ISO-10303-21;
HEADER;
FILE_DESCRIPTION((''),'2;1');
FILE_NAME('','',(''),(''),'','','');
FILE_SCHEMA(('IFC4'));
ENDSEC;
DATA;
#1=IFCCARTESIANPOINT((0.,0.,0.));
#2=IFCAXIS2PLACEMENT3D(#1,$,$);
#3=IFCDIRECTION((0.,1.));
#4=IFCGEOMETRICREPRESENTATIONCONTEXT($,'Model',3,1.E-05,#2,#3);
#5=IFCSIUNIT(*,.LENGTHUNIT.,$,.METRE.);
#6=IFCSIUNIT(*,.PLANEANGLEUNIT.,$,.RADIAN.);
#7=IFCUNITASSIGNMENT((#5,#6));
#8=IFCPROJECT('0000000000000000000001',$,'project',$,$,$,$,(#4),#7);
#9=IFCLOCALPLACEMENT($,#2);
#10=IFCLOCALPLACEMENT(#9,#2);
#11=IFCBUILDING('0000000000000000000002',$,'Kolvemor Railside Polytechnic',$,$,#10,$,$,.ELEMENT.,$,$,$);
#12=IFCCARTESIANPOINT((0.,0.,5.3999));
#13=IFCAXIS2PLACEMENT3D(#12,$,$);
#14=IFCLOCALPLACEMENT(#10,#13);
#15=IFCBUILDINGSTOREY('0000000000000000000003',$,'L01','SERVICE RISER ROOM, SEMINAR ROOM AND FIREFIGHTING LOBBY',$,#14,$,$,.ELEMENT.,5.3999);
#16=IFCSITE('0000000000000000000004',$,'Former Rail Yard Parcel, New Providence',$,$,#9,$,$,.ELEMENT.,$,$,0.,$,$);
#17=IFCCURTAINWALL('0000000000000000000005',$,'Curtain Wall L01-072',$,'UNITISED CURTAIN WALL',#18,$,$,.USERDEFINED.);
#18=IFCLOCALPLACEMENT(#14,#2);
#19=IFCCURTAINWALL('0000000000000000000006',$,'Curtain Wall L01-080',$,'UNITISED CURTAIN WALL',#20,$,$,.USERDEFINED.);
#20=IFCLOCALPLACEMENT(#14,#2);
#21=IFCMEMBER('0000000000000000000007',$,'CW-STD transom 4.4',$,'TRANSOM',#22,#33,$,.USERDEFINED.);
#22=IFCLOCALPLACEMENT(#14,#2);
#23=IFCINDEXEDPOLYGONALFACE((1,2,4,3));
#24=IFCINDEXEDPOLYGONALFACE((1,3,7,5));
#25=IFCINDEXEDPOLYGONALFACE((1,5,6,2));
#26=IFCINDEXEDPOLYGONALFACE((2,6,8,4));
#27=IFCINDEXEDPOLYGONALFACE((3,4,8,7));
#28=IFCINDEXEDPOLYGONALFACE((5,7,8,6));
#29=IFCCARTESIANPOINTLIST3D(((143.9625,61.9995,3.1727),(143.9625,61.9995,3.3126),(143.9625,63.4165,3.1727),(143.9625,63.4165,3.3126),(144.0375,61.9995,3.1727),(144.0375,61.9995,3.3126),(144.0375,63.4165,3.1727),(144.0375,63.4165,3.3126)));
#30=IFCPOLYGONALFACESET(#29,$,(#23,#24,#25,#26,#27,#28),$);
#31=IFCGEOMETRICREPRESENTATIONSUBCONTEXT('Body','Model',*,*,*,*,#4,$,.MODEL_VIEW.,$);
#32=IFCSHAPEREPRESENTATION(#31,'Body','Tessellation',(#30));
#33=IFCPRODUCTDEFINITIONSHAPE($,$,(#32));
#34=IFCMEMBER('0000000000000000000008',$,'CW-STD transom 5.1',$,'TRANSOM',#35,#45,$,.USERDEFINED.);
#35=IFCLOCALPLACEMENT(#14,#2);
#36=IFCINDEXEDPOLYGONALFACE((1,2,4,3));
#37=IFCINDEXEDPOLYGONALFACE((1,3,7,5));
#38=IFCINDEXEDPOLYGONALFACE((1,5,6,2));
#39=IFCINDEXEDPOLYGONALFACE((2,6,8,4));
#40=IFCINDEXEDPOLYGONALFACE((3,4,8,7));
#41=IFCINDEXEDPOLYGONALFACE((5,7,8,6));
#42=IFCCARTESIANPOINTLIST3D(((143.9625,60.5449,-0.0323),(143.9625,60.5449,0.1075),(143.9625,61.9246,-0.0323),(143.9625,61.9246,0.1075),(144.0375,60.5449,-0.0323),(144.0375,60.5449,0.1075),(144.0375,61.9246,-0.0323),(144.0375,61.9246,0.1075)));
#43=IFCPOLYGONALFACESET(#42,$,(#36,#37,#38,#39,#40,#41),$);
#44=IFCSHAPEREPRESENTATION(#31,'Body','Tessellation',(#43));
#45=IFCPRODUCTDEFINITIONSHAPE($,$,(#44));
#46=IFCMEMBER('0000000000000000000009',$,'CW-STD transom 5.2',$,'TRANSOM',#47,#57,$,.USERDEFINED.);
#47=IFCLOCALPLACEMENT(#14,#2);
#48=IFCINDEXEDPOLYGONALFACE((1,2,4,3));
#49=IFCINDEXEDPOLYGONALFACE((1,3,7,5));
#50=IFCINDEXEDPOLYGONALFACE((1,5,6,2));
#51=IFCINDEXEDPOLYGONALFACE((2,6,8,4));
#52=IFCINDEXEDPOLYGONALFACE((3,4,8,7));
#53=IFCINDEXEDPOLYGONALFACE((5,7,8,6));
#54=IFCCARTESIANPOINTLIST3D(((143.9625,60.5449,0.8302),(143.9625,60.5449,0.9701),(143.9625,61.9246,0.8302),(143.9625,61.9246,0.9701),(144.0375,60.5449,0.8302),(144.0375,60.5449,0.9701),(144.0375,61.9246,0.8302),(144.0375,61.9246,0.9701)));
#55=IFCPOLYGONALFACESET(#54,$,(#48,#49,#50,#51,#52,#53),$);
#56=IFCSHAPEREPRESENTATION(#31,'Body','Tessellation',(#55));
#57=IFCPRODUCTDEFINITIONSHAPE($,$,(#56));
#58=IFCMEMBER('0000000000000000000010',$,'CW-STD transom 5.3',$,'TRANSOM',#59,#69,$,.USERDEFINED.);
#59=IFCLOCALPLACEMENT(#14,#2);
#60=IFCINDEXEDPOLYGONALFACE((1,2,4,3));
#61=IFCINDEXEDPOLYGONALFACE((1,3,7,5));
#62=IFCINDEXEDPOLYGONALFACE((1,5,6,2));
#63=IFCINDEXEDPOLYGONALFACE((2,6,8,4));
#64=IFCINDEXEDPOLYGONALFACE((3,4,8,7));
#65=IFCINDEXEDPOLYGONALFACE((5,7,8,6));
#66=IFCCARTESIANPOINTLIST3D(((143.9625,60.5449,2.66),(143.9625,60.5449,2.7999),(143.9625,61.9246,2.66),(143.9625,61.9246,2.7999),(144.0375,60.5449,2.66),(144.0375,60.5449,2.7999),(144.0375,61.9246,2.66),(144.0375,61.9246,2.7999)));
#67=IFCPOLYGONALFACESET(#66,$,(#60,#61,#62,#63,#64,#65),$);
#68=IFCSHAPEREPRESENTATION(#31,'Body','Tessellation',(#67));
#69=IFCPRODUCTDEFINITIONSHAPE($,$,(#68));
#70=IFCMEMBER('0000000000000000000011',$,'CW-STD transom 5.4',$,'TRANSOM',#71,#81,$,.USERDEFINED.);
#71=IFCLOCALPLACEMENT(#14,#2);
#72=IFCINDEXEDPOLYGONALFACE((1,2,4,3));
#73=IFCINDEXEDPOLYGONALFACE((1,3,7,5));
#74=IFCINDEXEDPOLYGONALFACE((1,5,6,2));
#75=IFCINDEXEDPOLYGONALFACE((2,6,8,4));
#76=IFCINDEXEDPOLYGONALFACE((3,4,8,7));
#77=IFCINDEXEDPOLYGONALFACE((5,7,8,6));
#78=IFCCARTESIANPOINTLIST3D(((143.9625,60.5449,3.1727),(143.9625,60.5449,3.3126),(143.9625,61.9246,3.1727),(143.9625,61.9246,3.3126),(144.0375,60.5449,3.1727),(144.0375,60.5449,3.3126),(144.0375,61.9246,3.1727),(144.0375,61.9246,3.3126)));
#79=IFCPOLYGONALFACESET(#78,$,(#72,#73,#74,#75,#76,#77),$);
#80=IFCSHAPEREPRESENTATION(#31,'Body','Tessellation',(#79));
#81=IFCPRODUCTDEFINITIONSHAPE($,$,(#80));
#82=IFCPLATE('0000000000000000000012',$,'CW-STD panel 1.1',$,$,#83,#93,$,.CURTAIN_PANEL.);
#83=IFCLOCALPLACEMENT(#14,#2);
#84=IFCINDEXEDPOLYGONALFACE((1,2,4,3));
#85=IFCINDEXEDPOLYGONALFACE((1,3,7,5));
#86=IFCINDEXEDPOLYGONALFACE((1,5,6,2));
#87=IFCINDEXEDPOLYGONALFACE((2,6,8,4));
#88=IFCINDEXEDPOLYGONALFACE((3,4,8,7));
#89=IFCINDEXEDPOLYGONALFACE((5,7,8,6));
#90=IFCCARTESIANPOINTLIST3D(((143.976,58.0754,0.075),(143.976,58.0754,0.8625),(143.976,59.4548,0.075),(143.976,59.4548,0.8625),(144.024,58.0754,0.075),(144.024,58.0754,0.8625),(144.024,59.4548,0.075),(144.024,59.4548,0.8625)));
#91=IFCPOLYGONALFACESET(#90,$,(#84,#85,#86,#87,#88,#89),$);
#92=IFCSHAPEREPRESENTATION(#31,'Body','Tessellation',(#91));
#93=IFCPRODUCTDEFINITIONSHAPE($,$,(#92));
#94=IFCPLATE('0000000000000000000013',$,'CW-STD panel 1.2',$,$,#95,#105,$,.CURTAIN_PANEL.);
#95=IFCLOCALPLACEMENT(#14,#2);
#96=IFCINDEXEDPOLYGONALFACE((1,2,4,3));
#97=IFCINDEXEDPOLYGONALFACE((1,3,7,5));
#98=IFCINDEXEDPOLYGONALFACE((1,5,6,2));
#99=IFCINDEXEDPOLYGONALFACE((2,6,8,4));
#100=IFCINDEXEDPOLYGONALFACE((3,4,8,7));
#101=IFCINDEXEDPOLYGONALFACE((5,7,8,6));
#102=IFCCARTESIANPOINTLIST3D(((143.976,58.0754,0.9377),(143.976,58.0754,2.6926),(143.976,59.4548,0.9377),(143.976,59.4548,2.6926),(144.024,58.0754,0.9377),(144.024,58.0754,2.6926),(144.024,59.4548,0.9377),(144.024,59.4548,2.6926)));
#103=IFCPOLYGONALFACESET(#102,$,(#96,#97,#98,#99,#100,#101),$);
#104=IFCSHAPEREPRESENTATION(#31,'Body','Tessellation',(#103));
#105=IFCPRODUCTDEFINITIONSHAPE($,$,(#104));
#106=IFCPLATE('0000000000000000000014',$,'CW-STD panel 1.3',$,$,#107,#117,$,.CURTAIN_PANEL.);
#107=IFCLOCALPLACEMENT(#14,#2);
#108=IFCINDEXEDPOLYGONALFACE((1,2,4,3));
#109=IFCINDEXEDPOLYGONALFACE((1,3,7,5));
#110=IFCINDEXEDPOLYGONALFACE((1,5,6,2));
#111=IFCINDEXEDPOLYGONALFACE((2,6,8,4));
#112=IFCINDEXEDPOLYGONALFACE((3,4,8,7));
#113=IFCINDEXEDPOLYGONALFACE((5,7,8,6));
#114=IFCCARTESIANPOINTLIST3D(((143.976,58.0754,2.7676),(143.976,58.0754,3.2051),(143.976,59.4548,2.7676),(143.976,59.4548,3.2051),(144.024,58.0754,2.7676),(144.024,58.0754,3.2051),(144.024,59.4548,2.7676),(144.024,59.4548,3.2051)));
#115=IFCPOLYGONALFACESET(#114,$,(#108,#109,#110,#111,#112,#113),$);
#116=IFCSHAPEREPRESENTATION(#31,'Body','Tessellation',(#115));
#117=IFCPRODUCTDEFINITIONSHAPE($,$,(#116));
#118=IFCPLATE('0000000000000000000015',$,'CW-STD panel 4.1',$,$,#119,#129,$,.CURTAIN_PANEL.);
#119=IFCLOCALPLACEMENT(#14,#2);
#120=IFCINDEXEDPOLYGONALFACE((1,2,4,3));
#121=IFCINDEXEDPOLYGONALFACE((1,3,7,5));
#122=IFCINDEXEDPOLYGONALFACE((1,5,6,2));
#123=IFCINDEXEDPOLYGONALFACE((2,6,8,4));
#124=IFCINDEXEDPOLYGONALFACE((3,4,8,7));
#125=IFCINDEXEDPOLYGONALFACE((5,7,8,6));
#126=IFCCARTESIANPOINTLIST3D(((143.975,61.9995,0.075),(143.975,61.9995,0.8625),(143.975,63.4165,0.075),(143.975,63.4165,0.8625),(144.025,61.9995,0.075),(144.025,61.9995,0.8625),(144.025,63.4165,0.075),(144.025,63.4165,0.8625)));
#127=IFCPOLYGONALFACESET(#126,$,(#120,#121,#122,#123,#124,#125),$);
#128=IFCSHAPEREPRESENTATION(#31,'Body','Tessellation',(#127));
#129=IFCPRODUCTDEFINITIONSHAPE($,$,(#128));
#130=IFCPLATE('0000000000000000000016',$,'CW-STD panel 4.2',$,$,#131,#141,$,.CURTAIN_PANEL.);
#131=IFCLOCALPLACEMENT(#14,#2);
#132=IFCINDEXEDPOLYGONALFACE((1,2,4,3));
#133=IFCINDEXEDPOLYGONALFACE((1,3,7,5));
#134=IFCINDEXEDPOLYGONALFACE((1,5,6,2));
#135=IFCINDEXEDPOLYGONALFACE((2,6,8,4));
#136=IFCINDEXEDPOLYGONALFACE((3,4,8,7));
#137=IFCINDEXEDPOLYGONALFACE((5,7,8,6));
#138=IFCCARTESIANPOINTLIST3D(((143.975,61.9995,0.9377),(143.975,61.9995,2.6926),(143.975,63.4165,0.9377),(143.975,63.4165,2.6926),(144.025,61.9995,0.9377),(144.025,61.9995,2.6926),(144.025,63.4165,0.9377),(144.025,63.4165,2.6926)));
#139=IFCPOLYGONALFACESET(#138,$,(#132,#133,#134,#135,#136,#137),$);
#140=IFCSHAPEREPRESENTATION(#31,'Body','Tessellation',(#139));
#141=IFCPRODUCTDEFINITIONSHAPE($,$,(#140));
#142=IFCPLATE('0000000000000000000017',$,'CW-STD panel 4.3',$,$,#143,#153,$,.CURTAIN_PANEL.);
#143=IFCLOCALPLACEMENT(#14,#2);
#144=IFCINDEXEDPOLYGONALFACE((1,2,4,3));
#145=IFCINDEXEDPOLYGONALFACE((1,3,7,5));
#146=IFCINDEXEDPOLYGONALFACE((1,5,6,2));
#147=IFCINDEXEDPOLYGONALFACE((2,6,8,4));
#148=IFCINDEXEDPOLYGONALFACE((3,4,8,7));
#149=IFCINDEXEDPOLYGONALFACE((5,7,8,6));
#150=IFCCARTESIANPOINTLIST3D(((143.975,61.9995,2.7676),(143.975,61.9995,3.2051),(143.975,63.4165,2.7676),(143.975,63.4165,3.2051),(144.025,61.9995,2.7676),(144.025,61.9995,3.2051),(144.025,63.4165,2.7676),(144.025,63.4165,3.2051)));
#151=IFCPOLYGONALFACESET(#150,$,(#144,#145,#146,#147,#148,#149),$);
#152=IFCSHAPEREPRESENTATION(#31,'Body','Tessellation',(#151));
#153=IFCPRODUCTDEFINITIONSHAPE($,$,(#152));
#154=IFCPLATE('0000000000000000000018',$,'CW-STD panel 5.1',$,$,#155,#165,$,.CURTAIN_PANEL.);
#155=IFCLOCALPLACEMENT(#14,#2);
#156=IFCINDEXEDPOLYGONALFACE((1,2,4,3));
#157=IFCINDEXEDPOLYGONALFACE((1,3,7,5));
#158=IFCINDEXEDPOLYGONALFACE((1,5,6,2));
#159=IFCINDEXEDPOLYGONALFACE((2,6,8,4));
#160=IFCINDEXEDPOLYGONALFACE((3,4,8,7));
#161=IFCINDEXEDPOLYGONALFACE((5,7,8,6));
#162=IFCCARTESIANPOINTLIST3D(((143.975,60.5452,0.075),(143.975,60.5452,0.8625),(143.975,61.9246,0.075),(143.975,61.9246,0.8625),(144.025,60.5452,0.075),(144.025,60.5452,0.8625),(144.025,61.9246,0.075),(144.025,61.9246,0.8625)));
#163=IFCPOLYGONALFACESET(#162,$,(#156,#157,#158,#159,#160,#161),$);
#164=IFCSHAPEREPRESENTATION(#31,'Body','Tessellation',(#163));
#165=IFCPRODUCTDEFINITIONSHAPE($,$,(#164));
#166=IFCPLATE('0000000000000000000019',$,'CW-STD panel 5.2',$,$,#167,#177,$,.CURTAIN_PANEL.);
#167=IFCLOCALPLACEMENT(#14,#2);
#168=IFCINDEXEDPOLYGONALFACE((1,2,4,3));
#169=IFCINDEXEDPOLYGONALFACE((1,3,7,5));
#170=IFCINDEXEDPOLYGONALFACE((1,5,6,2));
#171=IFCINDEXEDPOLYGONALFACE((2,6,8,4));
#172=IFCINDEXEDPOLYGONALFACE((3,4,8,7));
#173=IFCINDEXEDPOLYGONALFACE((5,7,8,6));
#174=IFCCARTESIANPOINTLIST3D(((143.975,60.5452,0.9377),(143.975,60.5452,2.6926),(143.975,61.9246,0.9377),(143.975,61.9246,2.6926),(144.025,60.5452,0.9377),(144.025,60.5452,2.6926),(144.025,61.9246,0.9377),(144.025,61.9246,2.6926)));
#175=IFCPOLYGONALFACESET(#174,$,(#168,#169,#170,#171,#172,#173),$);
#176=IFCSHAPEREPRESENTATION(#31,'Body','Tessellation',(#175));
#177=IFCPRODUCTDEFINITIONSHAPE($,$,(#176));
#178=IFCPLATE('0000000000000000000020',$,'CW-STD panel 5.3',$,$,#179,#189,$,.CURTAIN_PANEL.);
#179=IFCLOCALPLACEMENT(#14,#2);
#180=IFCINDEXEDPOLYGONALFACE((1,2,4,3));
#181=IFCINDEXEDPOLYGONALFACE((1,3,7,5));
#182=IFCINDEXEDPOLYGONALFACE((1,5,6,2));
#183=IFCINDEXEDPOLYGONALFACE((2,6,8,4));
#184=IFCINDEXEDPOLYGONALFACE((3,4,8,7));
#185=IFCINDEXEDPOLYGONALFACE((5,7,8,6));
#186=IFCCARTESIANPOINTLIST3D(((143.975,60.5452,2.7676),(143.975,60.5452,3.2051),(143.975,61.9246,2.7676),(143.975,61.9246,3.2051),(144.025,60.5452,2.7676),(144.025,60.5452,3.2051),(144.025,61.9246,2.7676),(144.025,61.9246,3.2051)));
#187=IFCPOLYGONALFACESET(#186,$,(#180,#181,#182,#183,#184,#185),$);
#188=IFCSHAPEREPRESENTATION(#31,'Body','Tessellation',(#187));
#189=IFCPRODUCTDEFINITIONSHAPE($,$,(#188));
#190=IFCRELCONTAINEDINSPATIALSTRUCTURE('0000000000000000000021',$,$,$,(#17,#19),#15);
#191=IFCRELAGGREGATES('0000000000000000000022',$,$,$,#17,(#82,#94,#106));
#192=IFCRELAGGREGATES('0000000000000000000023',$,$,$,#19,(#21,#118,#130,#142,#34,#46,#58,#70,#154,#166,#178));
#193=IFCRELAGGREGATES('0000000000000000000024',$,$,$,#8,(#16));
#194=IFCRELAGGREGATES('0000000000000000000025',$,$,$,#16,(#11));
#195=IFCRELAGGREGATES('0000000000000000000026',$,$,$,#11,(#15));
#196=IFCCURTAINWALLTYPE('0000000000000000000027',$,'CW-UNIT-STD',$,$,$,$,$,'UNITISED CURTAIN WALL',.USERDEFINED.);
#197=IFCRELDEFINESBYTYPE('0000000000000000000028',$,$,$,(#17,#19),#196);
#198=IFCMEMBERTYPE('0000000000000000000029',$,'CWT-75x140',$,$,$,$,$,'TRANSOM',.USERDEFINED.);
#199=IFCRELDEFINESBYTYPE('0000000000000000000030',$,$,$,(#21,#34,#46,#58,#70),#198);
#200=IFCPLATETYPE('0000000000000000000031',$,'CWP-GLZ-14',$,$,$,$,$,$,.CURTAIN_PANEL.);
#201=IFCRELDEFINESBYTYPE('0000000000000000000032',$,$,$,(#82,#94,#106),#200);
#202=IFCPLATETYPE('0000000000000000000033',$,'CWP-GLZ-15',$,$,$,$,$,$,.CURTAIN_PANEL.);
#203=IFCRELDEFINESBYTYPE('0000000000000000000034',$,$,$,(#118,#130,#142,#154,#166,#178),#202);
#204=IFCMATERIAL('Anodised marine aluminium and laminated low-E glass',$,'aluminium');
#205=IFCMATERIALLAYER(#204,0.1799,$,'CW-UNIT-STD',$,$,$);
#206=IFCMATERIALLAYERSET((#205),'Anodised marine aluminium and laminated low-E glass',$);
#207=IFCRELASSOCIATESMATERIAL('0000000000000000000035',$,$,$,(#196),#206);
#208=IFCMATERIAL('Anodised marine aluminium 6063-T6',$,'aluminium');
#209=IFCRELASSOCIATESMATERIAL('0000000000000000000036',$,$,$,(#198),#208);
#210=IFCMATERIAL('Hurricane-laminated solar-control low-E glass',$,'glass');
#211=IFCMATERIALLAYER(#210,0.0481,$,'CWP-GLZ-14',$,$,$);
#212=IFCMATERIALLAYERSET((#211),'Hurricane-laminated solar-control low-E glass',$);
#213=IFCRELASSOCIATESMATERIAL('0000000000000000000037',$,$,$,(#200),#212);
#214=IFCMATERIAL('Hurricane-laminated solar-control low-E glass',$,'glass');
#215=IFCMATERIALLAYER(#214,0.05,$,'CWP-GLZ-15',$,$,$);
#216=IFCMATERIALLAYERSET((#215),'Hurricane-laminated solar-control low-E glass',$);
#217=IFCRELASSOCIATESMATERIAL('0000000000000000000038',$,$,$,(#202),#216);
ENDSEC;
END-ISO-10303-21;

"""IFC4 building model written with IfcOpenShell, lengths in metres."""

from ifc_helpers import new_model, si_unit, direction, frame, origin, origin_2d, place, context, subcontext, project, spatial, rectangle, extrude, material, layer, layer_set, material_profile, profile_set, type_object, element, aggregate, save


model = new_model("IFC4")

# Units and contexts
model_context = context("Model", 3, precision=1e-05, world=origin(), true_north=direction((0.0, 1.0)))
body_context = subcontext(model_context, "Body", "Model", "MODEL_VIEW")
ifc_project = project(units=[si_unit("LENGTHUNIT", "METRE"), si_unit("PLANEANGLEUNIT", "RADIAN")], contexts=[model_context])

# Site, building, storey
site_placement = place(None, origin())
site = spatial("IfcSite", under=ifc_project, at=site_placement, Name="Former Rail Yard Parcel, New Providence", CompositionType="ELEMENT", RefElevation=0.0)
building_placement = place(site_placement, origin())
building = spatial("IfcBuilding", under=site, at=building_placement, Name="Kolvemor Railside Polytechnic", CompositionType="ELEMENT")
storey_placement = place(building_placement, frame((0.0, 0.0, 5.3999)))
storey = spatial("IfcBuildingStorey", under=building, at=storey_placement, Name="L01", Description="SERVICE RISER ROOM, SEMINAR ROOM AND FIREFIGHTING LOBBY", CompositionType="ELEMENT", Elevation=5.3999)

# Curtain wall
ifc_material_1 = material(Name="Anodised marine aluminium and laminated low-E glass", Category="aluminium")
ifc_layer_1 = layer(ifc_material_1, 0.1799, Name="CW-UNIT-STD")
ifc_layer_set_1 = layer_set([ifc_layer_1], Name="Anodised marine aluminium and laminated low-E glass")
curtain_wall_type = type_object("IfcCurtainWallType", Name="CW-UNIT-STD", ElementType="UNITISED CURTAIN WALL", PredefinedType="USERDEFINED", material=ifc_layer_set_1)
curtain_wall_1_placement = place(storey_placement, origin())
curtain_wall_1 = element("IfcCurtainWall", 1, at=curtain_wall_1_placement, inside=storey, type_object=curtain_wall_type, Name="Curtain Wall L01-072", ObjectType="UNITISED CURTAIN WALL", PredefinedType="USERDEFINED")

# Curtain wall
curtain_wall_2_placement = place(storey_placement, origin())
curtain_wall_2 = element("IfcCurtainWall", 2, at=curtain_wall_2_placement, inside=storey, type_object=curtain_wall_type, Name="Curtain Wall L01-080", ObjectType="UNITISED CURTAIN WALL", PredefinedType="USERDEFINED")

# Members
ifc_material_2 = material(Name="Anodised marine aluminium 6063-T6", Category="aluminium")
ifc_material_profile_1 = material_profile(ifc_material_2, rectangle(XDim=0.075, YDim=0.1399, at=origin_2d()), Name="CW-TRN-75x140")
ifc_profile_set_1 = profile_set([ifc_material_profile_1], Name="Anodised marine aluminium 6063-T6")
member_type_1 = type_object("IfcMemberType", Name="CWT-75x140", ElementType="TRANSOM", PredefinedType="USERDEFINED", material=ifc_profile_set_1)
member_1_placement = place(storey_placement, frame((144.0, 63.4165, 3.2427), z_axis=(0.0, -1.0, 0.0), x_axis=(1.0, 0.0, 0.0)))
member_1 = element("IfcMember", 3, at=member_1_placement, type_object=member_type_1, Name="CW-STD transom 4.4", ObjectType="TRANSOM", PredefinedType="USERDEFINED", context=body_context, shape_type="SweptSolid", body=[
    extrude(rectangle(XDim=0.075, YDim=0.1399, at=origin_2d()), origin(), (0.0, 0.0, 1.0), 1.417),
])
member_2_placement = place(storey_placement, frame((144.0, 61.9246, 0.0376), z_axis=(0.0, -1.0, 0.0), x_axis=(1.0, 0.0, 0.0)))
member_2 = element("IfcMember", 4, at=member_2_placement, type_object=member_type_1, Name="CW-STD transom 5.1", ObjectType="TRANSOM", PredefinedType="USERDEFINED", context=body_context, shape_type="SweptSolid", body=[
    extrude(rectangle(XDim=0.075, YDim=0.1399, at=origin_2d()), origin(), (0.0, 0.0, 1.0), 1.3796),
])
member_3_placement = place(storey_placement, frame((144.0, 61.9246, 0.9001), z_axis=(0.0, -1.0, 0.0), x_axis=(1.0, 0.0, 0.0)))
member_3 = element("IfcMember", 5, at=member_3_placement, type_object=member_type_1, Name="CW-STD transom 5.2", ObjectType="TRANSOM", PredefinedType="USERDEFINED", context=body_context, shape_type="SweptSolid", body=[
    extrude(rectangle(XDim=0.075, YDim=0.1399, at=origin_2d()), origin(), (0.0, 0.0, 1.0), 1.3796),
])
member_4_placement = place(storey_placement, frame((144.0, 61.9246, 2.73), z_axis=(0.0, -1.0, 0.0), x_axis=(1.0, 0.0, 0.0)))
member_4 = element("IfcMember", 6, at=member_4_placement, type_object=member_type_1, Name="CW-STD transom 5.3", ObjectType="TRANSOM", PredefinedType="USERDEFINED", context=body_context, shape_type="SweptSolid", body=[
    extrude(rectangle(XDim=0.075, YDim=0.1399, at=origin_2d()), origin(), (0.0, 0.0, 1.0), 1.3796),
])
member_5_placement = place(storey_placement, frame((144.0, 61.9246, 3.2427), z_axis=(0.0, -1.0, 0.0), x_axis=(1.0, 0.0, 0.0)))
member_5 = element("IfcMember", 7, at=member_5_placement, type_object=member_type_1, Name="CW-STD transom 5.4", ObjectType="TRANSOM", PredefinedType="USERDEFINED", context=body_context, shape_type="SweptSolid", body=[
    extrude(rectangle(XDim=0.075, YDim=0.1399, at=origin_2d()), origin(), (0.0, 0.0, 1.0), 1.3796),
])

# Plates
ifc_material_3 = material(Name="Hurricane-laminated solar-control low-E glass", Category="glass")
ifc_layer_2 = layer(ifc_material_3, 0.0481, Name="CWP-GLZ-14")
ifc_layer_set_2 = layer_set([ifc_layer_2], Name="Hurricane-laminated solar-control low-E glass")
plate_type_1 = type_object("IfcPlateType", Name="CWP-GLZ-14", PredefinedType="CURTAIN_PANEL", material=ifc_layer_set_2)
plate_1_placement = place(storey_placement, frame((144.0, 58.7651, 0.075), z_axis=(0.0, 0.0, 1.0), x_axis=(0.0, -1.0, 0.0)))
plate_1 = element("IfcPlate", 8, at=plate_1_placement, type_object=plate_type_1, Name="CW-STD panel 1.1", PredefinedType="CURTAIN_PANEL", context=body_context, shape_type="SweptSolid", body=[
    extrude(rectangle(XDim=1.3794, YDim=0.0481, at=origin_2d()), origin(), (0.0, 0.0, 1.0), 0.7876),
])
plate_2_placement = place(storey_placement, frame((144.0, 58.7651, 0.9377), z_axis=(0.0, 0.0, 1.0), x_axis=(0.0, -1.0, 0.0)))
plate_2 = element("IfcPlate", 9, at=plate_2_placement, type_object=plate_type_1, Name="CW-STD panel 1.2", PredefinedType="CURTAIN_PANEL", context=body_context, shape_type="SweptSolid", body=[
    extrude(rectangle(XDim=1.3794, YDim=0.0481, at=origin_2d()), origin(), (0.0, 0.0, 1.0), 1.7549),
])
plate_3_placement = place(storey_placement, frame((144.0, 58.7651, 2.7676), z_axis=(0.0, 0.0, 1.0), x_axis=(0.0, -1.0, 0.0)))
plate_3 = element("IfcPlate", 10, at=plate_3_placement, type_object=plate_type_1, Name="CW-STD panel 1.3", PredefinedType="CURTAIN_PANEL", context=body_context, shape_type="SweptSolid", body=[
    extrude(rectangle(XDim=1.3794, YDim=0.0481, at=origin_2d()), origin(), (0.0, 0.0, 1.0), 0.4375),
])
aggregate(curtain_wall_1, [plate_1, plate_2, plate_3])
ifc_material_4 = material(Name="Hurricane-laminated solar-control low-E glass", Category="glass")
ifc_layer_3 = layer(ifc_material_4, 0.05, Name="CWP-GLZ-15")
ifc_layer_set_3 = layer_set([ifc_layer_3], Name="Hurricane-laminated solar-control low-E glass")
plate_type_2 = type_object("IfcPlateType", Name="CWP-GLZ-15", PredefinedType="CURTAIN_PANEL", material=ifc_layer_set_3)
plate_4_placement = place(storey_placement, frame((144.0, 62.708, 0.075), z_axis=(0.0, 0.0, 1.0), x_axis=(0.0, -1.0, 0.0)))
plate_4 = element("IfcPlate", 11, at=plate_4_placement, type_object=plate_type_2, Name="CW-STD panel 4.1", PredefinedType="CURTAIN_PANEL", context=body_context, shape_type="SweptSolid", body=[
    extrude(rectangle(XDim=1.417, YDim=0.05, at=origin_2d()), origin(), (0.0, 0.0, 1.0), 0.7876),
])
plate_5_placement = place(storey_placement, frame((144.0, 62.708, 0.9377), z_axis=(0.0, 0.0, 1.0), x_axis=(0.0, -1.0, 0.0)))
plate_5 = element("IfcPlate", 12, at=plate_5_placement, type_object=plate_type_2, Name="CW-STD panel 4.2", PredefinedType="CURTAIN_PANEL", context=body_context, shape_type="SweptSolid", body=[
    extrude(rectangle(XDim=1.417, YDim=0.05, at=origin_2d()), origin(), (0.0, 0.0, 1.0), 1.7549),
])
plate_6_placement = place(storey_placement, frame((144.0, 62.708, 2.7676), z_axis=(0.0, 0.0, 1.0), x_axis=(0.0, -1.0, 0.0)))
plate_6 = element("IfcPlate", 13, at=plate_6_placement, type_object=plate_type_2, Name="CW-STD panel 4.3", PredefinedType="CURTAIN_PANEL", context=body_context, shape_type="SweptSolid", body=[
    extrude(rectangle(XDim=1.417, YDim=0.05, at=origin_2d()), origin(), (0.0, 0.0, 1.0), 0.4375),
])
plate_7_placement = place(storey_placement, frame((144.0, 61.2349, 0.075), z_axis=(0.0, 0.0, 1.0), x_axis=(0.0, -1.0, 0.0)))
plate_7 = element("IfcPlate", 14, at=plate_7_placement, type_object=plate_type_2, Name="CW-STD panel 5.1", PredefinedType="CURTAIN_PANEL", context=body_context, shape_type="SweptSolid", body=[
    extrude(rectangle(XDim=1.3794, YDim=0.05, at=origin_2d()), origin(), (0.0, 0.0, 1.0), 0.7876),
])
plate_8_placement = place(storey_placement, frame((144.0, 61.2349, 0.9377), z_axis=(0.0, 0.0, 1.0), x_axis=(0.0, -1.0, 0.0)))
plate_8 = element("IfcPlate", 15, at=plate_8_placement, type_object=plate_type_2, Name="CW-STD panel 5.2", PredefinedType="CURTAIN_PANEL", context=body_context, shape_type="SweptSolid", body=[
    extrude(rectangle(XDim=1.3794, YDim=0.05, at=origin_2d()), origin(), (0.0, 0.0, 1.0), 1.7549),
])
plate_9_placement = place(storey_placement, frame((144.0, 61.2349, 2.7676), z_axis=(0.0, 0.0, 1.0), x_axis=(0.0, -1.0, 0.0)))
plate_9 = element("IfcPlate", 16, at=plate_9_placement, type_object=plate_type_2, Name="CW-STD panel 5.3", PredefinedType="CURTAIN_PANEL", context=body_context, shape_type="SweptSolid", body=[
    extrude(rectangle(XDim=1.3794, YDim=0.05, at=origin_2d()), origin(), (0.0, 0.0, 1.0), 0.4375),
])
aggregate(curtain_wall_2, [member_1, plate_4, plate_5, plate_6, member_2, member_3, member_4, member_5, plate_7, plate_8, plate_9])

save(model, "model.ifc")
